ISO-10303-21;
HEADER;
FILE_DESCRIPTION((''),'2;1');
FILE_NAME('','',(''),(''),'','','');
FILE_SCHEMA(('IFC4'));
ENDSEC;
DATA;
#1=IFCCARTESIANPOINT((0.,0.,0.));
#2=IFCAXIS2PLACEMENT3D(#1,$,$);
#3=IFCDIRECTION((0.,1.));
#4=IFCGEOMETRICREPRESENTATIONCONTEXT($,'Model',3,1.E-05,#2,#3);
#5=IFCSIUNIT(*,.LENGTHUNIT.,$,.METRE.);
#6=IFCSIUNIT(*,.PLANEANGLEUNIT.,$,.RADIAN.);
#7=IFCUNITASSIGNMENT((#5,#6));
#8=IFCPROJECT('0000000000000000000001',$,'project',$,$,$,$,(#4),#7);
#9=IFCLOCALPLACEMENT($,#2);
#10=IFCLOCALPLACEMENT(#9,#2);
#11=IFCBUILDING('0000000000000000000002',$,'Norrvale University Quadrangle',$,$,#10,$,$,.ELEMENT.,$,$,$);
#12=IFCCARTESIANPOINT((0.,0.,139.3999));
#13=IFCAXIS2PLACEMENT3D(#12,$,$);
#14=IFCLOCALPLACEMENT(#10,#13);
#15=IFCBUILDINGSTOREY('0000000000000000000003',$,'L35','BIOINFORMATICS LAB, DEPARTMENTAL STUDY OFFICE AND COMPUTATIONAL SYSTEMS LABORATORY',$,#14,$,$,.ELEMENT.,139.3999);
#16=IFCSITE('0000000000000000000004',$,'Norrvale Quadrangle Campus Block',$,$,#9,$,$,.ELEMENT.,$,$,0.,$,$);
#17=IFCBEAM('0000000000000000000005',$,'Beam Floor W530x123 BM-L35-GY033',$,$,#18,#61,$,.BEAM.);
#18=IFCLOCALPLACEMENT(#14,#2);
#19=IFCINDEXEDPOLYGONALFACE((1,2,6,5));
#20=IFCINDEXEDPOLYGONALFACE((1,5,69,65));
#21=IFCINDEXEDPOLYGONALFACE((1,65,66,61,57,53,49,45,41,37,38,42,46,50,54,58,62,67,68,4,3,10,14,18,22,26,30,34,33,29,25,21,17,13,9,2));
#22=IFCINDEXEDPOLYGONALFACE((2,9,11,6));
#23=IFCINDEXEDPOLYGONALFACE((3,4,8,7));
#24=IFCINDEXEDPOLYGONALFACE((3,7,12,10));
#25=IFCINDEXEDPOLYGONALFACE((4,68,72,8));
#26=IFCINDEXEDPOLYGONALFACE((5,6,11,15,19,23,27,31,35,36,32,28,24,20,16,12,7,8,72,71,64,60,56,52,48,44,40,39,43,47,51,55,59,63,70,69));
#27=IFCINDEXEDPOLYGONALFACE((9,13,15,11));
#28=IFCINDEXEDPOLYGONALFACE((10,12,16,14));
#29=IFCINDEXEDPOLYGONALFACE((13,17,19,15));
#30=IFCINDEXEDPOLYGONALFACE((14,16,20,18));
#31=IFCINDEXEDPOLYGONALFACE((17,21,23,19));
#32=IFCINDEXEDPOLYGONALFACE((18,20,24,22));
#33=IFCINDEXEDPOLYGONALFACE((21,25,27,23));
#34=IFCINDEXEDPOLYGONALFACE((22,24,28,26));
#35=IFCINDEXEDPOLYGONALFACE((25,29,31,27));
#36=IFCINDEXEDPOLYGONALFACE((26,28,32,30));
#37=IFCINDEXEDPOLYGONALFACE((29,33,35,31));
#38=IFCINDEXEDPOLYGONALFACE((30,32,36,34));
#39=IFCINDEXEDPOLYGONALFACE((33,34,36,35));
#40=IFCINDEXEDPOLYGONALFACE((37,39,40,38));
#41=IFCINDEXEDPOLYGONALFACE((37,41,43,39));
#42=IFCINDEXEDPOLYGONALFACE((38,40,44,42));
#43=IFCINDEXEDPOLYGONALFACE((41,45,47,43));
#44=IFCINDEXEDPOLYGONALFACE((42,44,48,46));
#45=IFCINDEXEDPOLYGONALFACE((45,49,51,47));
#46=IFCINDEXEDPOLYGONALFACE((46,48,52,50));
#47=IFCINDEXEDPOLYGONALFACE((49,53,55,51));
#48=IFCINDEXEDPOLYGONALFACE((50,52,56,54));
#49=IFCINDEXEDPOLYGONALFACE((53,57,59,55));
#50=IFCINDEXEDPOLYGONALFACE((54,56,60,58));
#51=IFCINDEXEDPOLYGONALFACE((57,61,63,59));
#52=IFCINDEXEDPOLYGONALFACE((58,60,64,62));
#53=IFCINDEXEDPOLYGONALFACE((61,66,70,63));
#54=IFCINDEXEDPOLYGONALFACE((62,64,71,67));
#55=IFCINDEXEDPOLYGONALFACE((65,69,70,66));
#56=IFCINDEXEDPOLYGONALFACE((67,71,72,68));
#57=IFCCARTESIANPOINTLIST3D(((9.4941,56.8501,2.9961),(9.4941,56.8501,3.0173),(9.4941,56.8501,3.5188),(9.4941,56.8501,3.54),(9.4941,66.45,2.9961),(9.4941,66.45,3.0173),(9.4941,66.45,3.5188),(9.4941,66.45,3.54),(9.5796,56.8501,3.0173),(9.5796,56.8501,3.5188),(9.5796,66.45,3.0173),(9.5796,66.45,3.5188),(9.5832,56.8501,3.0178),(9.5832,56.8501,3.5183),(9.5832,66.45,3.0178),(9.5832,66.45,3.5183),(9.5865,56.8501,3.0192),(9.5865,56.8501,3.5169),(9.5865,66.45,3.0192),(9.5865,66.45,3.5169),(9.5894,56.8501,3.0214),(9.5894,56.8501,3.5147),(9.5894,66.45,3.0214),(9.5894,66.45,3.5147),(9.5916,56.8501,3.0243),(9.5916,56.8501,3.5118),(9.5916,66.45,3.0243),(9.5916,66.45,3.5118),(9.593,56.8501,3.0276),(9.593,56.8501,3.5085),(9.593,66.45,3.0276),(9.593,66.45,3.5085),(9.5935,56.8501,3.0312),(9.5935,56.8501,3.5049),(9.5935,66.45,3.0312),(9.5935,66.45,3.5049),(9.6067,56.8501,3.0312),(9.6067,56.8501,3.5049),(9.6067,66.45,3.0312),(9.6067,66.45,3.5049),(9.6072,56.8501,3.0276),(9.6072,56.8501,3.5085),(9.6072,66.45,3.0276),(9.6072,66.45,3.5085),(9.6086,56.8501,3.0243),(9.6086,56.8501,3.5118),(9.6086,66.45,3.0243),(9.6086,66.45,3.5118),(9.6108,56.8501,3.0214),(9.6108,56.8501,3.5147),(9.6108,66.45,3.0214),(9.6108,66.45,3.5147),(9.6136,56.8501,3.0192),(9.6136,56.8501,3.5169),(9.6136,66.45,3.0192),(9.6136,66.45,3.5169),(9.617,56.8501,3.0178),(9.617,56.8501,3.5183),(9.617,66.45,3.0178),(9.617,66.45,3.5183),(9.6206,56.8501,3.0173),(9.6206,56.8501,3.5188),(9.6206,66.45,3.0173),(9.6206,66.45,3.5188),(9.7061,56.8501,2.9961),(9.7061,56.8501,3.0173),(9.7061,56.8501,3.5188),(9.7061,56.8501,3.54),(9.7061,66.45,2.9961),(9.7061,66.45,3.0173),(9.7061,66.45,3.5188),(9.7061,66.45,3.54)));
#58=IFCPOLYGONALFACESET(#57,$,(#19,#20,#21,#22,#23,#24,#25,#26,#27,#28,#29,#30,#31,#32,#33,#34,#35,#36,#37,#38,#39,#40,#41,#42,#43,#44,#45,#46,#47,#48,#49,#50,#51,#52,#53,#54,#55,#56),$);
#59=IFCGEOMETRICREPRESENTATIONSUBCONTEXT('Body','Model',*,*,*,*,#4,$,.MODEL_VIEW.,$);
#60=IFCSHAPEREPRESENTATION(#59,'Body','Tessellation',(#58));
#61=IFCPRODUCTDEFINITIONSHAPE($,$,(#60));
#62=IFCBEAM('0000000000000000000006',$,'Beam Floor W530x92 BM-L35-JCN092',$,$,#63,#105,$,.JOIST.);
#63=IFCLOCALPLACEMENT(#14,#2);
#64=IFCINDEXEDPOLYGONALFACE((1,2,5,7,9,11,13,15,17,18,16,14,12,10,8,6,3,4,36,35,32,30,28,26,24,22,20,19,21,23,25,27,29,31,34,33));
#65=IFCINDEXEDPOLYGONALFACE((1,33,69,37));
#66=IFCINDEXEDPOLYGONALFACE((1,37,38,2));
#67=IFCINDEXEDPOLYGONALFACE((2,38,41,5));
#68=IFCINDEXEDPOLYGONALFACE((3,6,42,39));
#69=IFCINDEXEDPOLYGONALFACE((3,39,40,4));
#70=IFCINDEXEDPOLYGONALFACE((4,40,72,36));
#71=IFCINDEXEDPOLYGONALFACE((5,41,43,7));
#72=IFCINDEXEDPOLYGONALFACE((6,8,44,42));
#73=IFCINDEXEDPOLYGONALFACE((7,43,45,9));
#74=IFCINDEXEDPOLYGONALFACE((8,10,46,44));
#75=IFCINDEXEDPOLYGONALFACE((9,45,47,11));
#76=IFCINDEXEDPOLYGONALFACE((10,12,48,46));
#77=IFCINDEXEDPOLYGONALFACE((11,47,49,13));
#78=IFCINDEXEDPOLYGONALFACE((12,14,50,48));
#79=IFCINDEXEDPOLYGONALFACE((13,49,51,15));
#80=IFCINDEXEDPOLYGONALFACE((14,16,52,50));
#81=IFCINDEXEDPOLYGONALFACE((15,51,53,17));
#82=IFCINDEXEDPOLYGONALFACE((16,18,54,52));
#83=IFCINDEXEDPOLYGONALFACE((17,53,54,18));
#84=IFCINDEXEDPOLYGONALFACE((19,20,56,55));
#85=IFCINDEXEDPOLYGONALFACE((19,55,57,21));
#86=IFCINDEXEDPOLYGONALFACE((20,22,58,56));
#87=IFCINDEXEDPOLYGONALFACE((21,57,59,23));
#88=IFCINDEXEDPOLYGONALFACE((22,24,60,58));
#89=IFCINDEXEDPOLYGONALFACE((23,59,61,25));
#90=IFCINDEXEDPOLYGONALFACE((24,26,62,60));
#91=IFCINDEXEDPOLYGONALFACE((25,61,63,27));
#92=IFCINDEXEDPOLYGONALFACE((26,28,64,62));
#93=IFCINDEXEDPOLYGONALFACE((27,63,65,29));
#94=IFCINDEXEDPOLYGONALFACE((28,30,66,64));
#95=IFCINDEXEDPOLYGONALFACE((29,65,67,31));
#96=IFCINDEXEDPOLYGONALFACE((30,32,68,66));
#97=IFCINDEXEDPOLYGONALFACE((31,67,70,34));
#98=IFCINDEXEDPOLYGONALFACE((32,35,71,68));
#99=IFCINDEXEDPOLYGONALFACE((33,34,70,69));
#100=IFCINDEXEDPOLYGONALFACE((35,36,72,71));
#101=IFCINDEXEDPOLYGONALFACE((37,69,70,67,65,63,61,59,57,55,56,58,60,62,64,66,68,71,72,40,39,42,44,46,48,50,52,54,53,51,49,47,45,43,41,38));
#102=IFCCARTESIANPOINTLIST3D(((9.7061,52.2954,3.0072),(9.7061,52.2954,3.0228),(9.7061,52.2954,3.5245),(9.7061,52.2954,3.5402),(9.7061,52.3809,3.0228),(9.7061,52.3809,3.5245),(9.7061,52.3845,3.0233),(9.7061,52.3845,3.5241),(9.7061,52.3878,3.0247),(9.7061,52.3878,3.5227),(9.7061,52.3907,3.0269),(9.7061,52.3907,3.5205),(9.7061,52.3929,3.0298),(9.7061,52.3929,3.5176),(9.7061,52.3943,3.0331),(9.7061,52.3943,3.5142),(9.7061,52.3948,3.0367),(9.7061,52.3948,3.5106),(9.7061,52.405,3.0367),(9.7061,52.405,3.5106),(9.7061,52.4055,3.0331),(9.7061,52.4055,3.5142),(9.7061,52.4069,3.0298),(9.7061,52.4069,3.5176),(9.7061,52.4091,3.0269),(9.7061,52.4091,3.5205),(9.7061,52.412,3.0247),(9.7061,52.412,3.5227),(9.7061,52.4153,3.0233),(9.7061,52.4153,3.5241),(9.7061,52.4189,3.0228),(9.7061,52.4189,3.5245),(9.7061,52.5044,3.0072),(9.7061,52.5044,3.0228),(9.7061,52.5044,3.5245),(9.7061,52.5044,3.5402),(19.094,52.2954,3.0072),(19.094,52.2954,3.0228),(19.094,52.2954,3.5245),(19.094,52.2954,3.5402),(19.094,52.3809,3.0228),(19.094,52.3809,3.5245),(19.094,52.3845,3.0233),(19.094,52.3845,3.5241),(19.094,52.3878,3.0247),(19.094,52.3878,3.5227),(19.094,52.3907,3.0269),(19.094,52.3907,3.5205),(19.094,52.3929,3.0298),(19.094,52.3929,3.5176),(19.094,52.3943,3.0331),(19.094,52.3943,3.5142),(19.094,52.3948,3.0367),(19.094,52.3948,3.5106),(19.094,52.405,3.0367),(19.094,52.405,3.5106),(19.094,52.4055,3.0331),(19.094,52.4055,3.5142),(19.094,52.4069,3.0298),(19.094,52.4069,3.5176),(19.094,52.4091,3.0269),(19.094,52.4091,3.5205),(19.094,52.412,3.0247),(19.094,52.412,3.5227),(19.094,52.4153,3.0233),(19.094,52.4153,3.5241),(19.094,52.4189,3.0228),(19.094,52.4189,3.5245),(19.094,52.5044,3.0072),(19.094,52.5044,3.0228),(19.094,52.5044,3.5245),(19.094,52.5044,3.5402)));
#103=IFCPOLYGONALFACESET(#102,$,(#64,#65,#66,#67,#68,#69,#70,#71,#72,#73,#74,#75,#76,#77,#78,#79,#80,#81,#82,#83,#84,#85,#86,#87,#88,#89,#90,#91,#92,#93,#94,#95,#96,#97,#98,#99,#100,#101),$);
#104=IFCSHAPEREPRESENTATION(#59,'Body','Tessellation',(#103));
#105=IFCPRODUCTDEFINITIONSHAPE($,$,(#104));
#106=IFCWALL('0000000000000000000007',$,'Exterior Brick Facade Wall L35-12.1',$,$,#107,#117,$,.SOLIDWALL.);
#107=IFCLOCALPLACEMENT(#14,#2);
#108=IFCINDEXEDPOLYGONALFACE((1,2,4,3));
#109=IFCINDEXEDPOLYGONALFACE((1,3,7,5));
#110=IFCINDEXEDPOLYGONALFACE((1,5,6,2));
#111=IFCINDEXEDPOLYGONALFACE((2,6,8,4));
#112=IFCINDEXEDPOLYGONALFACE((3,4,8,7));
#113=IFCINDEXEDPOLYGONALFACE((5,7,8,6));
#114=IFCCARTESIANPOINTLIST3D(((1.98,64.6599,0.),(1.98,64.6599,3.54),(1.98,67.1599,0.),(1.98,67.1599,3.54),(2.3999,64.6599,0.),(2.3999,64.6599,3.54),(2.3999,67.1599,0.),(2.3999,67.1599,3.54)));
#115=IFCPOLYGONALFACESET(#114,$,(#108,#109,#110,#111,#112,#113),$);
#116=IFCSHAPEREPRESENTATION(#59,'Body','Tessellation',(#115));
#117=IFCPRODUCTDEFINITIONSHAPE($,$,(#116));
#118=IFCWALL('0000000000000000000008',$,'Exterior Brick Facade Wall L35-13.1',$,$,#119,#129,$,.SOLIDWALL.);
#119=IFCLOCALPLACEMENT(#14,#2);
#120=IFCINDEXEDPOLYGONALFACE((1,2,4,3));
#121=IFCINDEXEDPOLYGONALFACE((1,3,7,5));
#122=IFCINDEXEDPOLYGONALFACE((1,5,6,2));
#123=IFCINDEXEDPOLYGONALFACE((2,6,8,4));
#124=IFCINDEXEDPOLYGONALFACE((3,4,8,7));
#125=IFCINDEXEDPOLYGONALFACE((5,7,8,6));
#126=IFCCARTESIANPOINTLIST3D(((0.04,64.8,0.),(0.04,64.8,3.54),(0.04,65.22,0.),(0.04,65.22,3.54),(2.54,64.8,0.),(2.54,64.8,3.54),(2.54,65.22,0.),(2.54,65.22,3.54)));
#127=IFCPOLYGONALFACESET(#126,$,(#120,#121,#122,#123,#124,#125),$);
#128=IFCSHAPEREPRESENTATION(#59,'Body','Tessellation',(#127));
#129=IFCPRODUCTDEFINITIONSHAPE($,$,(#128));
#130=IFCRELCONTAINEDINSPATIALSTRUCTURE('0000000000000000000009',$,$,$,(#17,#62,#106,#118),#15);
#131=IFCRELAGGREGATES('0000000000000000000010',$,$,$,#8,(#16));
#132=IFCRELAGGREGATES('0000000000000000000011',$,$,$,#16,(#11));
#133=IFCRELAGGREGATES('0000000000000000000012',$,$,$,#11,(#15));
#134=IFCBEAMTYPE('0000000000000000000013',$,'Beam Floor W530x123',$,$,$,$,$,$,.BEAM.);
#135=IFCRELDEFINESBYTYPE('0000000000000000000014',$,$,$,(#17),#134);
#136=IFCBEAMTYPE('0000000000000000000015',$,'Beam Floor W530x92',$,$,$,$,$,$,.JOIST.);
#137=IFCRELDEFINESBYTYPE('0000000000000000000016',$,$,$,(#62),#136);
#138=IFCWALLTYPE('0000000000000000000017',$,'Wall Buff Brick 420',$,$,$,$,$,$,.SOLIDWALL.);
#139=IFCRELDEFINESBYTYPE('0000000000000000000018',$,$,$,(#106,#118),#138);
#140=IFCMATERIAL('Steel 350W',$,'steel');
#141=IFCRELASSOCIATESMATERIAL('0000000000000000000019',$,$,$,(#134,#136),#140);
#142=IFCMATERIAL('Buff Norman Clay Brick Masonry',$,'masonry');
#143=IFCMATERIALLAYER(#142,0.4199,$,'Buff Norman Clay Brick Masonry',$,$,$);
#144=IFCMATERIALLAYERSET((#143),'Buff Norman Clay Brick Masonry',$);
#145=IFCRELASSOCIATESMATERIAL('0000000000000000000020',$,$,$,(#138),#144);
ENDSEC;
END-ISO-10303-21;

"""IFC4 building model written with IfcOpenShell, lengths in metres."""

from ifc_helpers import new_model, si_unit, direction, frame, frame_2d, origin, origin_2d, place, context, subcontext, project, spatial, rectangle, i_section, extrude, material, layer, layer_set, material_profile, profile_set, type_object, element, save


model = new_model("IFC4")

# Units and contexts
model_context = context("Model", 3, precision=1e-05, world=origin(), true_north=direction((0.0, 1.0)))
body_context = subcontext(model_context, "Body", "Model", "MODEL_VIEW")
ifc_project = project(units=[si_unit("LENGTHUNIT", "METRE"), si_unit("PLANEANGLEUNIT", "RADIAN")], contexts=[model_context])

# Site, building, storey
site_placement = place(None, origin())
site = spatial("IfcSite", under=ifc_project, at=site_placement, Name="Norrvale Quadrangle Campus Block", CompositionType="ELEMENT", RefElevation=0.0)
building_placement = place(site_placement, origin())
building = spatial("IfcBuilding", under=site, at=building_placement, Name="Norrvale University Quadrangle", CompositionType="ELEMENT")
storey_placement = place(building_placement, frame((0.0, 0.0, 139.3999)))
storey = spatial("IfcBuildingStorey", under=building, at=storey_placement, Name="L35", Description="BIOINFORMATICS LAB, DEPARTMENTAL STUDY OFFICE AND COMPUTATIONAL SYSTEMS LABORATORY", CompositionType="ELEMENT", Elevation=139.3999)

# Beams
ifc_material_1 = material(Name="Steel 350W", Category="steel")
ifc_material_profile_1 = material_profile(ifc_material_1, i_section(OverallWidth=0.2119, OverallDepth=0.5439, WebThickness=0.0132, FlangeThickness=0.0212, FilletRadius=0.0139, at=origin_2d()), Name="Steel 350W")
ifc_profile_set_1 = profile_set([ifc_material_profile_1], Name="Steel 350W")
beam_type_1 = type_object("IfcBeamType", Name="Beam Floor W530x123", PredefinedType="BEAM", material=ifc_profile_set_1)
for number, where, z_axis, x_axis, name in (
    (1, (9.6001, 56.8501, 3.2681), (0.0, 1.0, 0.0), (-1.0, 0.0, 0.0), "Beam Floor W530x123 BM-L35-GY033"),
):
    element("IfcBeam", number, at=place(storey_placement, frame(where, z_axis=z_axis, x_axis=x_axis)), inside=storey, type_object=beam_type_1, Name=name, PredefinedType="BEAM", context=body_context, shape_type="SweptSolid", body=[
        extrude(i_section(OverallWidth=0.2119, OverallDepth=0.5439, WebThickness=0.0132, FlangeThickness=0.0212, FilletRadius=0.0139, at=origin_2d()), origin(), (0.0, 0.0, 1.0), 9.5999),
    ])
ifc_material_profile_2 = material_profile(ifc_material_1, i_section(OverallWidth=0.209, OverallDepth=0.533, WebThickness=0.0103, FlangeThickness=0.0156, FilletRadius=0.0139, at=origin_2d()), Name="Steel 350W")
ifc_profile_set_2 = profile_set([ifc_material_profile_2], Name="Steel 350W")
beam_type_2 = type_object("IfcBeamType", Name="Beam Floor W530x92", PredefinedType="JOIST", material=ifc_profile_set_2)
beam_1_placement = place(storey_placement, frame((9.7061, 52.3999, 3.2737), z_axis=(1.0, 0.0, 0.0), x_axis=(0.0, 1.0, 0.0)))
element("IfcBeam", 2, at=beam_1_placement, inside=storey, type_object=beam_type_2, Name="Beam Floor W530x92 BM-L35-JCN092", PredefinedType="JOIST", context=body_context, shape_type="SweptSolid", body=[
    extrude(i_section(OverallWidth=0.209, OverallDepth=0.533, WebThickness=0.0103, FlangeThickness=0.0156, FilletRadius=0.0139, at=origin_2d()), origin(), (0.0, 0.0, 1.0), 9.3879),
])

# Walls
ifc_material_2 = material(Name="Buff Norman Clay Brick Masonry", Category="masonry")
ifc_layer = layer(ifc_material_2, 0.4199, Name="Buff Norman Clay Brick Masonry")
ifc_layer_set = layer_set([ifc_layer], Name="Buff Norman Clay Brick Masonry")
wall_type = type_object("IfcWallType", Name="Wall Buff Brick 420", PredefinedType="SOLIDWALL", material=ifc_layer_set)
for number, where, z_axis, x_axis, name in (
    (3, (2.1899, 67.1599, 0.0), (0.0, 0.0, 1.0), (0.0, -1.0, 0.0), "Exterior Brick Facade Wall L35-12.1"),
    (4, (2.54, 65.01, 0.0), (0.0, 0.0, 1.0), (-1.0, 0.0, 0.0), "Exterior Brick Facade Wall L35-13.1"),
):
    element("IfcWall", number, at=place(storey_placement, frame(where, z_axis=z_axis, x_axis=x_axis)), inside=storey, type_object=wall_type, Name=name, PredefinedType="SOLIDWALL", context=body_context, shape_type="SweptSolid", body=[
        extrude(rectangle(XDim=2.5, YDim=0.4199, at=frame_2d((1.25, 0.0))), origin(), (0.0, 0.0, 1.0), 3.54),
    ])

save(model, "model.ifc")
